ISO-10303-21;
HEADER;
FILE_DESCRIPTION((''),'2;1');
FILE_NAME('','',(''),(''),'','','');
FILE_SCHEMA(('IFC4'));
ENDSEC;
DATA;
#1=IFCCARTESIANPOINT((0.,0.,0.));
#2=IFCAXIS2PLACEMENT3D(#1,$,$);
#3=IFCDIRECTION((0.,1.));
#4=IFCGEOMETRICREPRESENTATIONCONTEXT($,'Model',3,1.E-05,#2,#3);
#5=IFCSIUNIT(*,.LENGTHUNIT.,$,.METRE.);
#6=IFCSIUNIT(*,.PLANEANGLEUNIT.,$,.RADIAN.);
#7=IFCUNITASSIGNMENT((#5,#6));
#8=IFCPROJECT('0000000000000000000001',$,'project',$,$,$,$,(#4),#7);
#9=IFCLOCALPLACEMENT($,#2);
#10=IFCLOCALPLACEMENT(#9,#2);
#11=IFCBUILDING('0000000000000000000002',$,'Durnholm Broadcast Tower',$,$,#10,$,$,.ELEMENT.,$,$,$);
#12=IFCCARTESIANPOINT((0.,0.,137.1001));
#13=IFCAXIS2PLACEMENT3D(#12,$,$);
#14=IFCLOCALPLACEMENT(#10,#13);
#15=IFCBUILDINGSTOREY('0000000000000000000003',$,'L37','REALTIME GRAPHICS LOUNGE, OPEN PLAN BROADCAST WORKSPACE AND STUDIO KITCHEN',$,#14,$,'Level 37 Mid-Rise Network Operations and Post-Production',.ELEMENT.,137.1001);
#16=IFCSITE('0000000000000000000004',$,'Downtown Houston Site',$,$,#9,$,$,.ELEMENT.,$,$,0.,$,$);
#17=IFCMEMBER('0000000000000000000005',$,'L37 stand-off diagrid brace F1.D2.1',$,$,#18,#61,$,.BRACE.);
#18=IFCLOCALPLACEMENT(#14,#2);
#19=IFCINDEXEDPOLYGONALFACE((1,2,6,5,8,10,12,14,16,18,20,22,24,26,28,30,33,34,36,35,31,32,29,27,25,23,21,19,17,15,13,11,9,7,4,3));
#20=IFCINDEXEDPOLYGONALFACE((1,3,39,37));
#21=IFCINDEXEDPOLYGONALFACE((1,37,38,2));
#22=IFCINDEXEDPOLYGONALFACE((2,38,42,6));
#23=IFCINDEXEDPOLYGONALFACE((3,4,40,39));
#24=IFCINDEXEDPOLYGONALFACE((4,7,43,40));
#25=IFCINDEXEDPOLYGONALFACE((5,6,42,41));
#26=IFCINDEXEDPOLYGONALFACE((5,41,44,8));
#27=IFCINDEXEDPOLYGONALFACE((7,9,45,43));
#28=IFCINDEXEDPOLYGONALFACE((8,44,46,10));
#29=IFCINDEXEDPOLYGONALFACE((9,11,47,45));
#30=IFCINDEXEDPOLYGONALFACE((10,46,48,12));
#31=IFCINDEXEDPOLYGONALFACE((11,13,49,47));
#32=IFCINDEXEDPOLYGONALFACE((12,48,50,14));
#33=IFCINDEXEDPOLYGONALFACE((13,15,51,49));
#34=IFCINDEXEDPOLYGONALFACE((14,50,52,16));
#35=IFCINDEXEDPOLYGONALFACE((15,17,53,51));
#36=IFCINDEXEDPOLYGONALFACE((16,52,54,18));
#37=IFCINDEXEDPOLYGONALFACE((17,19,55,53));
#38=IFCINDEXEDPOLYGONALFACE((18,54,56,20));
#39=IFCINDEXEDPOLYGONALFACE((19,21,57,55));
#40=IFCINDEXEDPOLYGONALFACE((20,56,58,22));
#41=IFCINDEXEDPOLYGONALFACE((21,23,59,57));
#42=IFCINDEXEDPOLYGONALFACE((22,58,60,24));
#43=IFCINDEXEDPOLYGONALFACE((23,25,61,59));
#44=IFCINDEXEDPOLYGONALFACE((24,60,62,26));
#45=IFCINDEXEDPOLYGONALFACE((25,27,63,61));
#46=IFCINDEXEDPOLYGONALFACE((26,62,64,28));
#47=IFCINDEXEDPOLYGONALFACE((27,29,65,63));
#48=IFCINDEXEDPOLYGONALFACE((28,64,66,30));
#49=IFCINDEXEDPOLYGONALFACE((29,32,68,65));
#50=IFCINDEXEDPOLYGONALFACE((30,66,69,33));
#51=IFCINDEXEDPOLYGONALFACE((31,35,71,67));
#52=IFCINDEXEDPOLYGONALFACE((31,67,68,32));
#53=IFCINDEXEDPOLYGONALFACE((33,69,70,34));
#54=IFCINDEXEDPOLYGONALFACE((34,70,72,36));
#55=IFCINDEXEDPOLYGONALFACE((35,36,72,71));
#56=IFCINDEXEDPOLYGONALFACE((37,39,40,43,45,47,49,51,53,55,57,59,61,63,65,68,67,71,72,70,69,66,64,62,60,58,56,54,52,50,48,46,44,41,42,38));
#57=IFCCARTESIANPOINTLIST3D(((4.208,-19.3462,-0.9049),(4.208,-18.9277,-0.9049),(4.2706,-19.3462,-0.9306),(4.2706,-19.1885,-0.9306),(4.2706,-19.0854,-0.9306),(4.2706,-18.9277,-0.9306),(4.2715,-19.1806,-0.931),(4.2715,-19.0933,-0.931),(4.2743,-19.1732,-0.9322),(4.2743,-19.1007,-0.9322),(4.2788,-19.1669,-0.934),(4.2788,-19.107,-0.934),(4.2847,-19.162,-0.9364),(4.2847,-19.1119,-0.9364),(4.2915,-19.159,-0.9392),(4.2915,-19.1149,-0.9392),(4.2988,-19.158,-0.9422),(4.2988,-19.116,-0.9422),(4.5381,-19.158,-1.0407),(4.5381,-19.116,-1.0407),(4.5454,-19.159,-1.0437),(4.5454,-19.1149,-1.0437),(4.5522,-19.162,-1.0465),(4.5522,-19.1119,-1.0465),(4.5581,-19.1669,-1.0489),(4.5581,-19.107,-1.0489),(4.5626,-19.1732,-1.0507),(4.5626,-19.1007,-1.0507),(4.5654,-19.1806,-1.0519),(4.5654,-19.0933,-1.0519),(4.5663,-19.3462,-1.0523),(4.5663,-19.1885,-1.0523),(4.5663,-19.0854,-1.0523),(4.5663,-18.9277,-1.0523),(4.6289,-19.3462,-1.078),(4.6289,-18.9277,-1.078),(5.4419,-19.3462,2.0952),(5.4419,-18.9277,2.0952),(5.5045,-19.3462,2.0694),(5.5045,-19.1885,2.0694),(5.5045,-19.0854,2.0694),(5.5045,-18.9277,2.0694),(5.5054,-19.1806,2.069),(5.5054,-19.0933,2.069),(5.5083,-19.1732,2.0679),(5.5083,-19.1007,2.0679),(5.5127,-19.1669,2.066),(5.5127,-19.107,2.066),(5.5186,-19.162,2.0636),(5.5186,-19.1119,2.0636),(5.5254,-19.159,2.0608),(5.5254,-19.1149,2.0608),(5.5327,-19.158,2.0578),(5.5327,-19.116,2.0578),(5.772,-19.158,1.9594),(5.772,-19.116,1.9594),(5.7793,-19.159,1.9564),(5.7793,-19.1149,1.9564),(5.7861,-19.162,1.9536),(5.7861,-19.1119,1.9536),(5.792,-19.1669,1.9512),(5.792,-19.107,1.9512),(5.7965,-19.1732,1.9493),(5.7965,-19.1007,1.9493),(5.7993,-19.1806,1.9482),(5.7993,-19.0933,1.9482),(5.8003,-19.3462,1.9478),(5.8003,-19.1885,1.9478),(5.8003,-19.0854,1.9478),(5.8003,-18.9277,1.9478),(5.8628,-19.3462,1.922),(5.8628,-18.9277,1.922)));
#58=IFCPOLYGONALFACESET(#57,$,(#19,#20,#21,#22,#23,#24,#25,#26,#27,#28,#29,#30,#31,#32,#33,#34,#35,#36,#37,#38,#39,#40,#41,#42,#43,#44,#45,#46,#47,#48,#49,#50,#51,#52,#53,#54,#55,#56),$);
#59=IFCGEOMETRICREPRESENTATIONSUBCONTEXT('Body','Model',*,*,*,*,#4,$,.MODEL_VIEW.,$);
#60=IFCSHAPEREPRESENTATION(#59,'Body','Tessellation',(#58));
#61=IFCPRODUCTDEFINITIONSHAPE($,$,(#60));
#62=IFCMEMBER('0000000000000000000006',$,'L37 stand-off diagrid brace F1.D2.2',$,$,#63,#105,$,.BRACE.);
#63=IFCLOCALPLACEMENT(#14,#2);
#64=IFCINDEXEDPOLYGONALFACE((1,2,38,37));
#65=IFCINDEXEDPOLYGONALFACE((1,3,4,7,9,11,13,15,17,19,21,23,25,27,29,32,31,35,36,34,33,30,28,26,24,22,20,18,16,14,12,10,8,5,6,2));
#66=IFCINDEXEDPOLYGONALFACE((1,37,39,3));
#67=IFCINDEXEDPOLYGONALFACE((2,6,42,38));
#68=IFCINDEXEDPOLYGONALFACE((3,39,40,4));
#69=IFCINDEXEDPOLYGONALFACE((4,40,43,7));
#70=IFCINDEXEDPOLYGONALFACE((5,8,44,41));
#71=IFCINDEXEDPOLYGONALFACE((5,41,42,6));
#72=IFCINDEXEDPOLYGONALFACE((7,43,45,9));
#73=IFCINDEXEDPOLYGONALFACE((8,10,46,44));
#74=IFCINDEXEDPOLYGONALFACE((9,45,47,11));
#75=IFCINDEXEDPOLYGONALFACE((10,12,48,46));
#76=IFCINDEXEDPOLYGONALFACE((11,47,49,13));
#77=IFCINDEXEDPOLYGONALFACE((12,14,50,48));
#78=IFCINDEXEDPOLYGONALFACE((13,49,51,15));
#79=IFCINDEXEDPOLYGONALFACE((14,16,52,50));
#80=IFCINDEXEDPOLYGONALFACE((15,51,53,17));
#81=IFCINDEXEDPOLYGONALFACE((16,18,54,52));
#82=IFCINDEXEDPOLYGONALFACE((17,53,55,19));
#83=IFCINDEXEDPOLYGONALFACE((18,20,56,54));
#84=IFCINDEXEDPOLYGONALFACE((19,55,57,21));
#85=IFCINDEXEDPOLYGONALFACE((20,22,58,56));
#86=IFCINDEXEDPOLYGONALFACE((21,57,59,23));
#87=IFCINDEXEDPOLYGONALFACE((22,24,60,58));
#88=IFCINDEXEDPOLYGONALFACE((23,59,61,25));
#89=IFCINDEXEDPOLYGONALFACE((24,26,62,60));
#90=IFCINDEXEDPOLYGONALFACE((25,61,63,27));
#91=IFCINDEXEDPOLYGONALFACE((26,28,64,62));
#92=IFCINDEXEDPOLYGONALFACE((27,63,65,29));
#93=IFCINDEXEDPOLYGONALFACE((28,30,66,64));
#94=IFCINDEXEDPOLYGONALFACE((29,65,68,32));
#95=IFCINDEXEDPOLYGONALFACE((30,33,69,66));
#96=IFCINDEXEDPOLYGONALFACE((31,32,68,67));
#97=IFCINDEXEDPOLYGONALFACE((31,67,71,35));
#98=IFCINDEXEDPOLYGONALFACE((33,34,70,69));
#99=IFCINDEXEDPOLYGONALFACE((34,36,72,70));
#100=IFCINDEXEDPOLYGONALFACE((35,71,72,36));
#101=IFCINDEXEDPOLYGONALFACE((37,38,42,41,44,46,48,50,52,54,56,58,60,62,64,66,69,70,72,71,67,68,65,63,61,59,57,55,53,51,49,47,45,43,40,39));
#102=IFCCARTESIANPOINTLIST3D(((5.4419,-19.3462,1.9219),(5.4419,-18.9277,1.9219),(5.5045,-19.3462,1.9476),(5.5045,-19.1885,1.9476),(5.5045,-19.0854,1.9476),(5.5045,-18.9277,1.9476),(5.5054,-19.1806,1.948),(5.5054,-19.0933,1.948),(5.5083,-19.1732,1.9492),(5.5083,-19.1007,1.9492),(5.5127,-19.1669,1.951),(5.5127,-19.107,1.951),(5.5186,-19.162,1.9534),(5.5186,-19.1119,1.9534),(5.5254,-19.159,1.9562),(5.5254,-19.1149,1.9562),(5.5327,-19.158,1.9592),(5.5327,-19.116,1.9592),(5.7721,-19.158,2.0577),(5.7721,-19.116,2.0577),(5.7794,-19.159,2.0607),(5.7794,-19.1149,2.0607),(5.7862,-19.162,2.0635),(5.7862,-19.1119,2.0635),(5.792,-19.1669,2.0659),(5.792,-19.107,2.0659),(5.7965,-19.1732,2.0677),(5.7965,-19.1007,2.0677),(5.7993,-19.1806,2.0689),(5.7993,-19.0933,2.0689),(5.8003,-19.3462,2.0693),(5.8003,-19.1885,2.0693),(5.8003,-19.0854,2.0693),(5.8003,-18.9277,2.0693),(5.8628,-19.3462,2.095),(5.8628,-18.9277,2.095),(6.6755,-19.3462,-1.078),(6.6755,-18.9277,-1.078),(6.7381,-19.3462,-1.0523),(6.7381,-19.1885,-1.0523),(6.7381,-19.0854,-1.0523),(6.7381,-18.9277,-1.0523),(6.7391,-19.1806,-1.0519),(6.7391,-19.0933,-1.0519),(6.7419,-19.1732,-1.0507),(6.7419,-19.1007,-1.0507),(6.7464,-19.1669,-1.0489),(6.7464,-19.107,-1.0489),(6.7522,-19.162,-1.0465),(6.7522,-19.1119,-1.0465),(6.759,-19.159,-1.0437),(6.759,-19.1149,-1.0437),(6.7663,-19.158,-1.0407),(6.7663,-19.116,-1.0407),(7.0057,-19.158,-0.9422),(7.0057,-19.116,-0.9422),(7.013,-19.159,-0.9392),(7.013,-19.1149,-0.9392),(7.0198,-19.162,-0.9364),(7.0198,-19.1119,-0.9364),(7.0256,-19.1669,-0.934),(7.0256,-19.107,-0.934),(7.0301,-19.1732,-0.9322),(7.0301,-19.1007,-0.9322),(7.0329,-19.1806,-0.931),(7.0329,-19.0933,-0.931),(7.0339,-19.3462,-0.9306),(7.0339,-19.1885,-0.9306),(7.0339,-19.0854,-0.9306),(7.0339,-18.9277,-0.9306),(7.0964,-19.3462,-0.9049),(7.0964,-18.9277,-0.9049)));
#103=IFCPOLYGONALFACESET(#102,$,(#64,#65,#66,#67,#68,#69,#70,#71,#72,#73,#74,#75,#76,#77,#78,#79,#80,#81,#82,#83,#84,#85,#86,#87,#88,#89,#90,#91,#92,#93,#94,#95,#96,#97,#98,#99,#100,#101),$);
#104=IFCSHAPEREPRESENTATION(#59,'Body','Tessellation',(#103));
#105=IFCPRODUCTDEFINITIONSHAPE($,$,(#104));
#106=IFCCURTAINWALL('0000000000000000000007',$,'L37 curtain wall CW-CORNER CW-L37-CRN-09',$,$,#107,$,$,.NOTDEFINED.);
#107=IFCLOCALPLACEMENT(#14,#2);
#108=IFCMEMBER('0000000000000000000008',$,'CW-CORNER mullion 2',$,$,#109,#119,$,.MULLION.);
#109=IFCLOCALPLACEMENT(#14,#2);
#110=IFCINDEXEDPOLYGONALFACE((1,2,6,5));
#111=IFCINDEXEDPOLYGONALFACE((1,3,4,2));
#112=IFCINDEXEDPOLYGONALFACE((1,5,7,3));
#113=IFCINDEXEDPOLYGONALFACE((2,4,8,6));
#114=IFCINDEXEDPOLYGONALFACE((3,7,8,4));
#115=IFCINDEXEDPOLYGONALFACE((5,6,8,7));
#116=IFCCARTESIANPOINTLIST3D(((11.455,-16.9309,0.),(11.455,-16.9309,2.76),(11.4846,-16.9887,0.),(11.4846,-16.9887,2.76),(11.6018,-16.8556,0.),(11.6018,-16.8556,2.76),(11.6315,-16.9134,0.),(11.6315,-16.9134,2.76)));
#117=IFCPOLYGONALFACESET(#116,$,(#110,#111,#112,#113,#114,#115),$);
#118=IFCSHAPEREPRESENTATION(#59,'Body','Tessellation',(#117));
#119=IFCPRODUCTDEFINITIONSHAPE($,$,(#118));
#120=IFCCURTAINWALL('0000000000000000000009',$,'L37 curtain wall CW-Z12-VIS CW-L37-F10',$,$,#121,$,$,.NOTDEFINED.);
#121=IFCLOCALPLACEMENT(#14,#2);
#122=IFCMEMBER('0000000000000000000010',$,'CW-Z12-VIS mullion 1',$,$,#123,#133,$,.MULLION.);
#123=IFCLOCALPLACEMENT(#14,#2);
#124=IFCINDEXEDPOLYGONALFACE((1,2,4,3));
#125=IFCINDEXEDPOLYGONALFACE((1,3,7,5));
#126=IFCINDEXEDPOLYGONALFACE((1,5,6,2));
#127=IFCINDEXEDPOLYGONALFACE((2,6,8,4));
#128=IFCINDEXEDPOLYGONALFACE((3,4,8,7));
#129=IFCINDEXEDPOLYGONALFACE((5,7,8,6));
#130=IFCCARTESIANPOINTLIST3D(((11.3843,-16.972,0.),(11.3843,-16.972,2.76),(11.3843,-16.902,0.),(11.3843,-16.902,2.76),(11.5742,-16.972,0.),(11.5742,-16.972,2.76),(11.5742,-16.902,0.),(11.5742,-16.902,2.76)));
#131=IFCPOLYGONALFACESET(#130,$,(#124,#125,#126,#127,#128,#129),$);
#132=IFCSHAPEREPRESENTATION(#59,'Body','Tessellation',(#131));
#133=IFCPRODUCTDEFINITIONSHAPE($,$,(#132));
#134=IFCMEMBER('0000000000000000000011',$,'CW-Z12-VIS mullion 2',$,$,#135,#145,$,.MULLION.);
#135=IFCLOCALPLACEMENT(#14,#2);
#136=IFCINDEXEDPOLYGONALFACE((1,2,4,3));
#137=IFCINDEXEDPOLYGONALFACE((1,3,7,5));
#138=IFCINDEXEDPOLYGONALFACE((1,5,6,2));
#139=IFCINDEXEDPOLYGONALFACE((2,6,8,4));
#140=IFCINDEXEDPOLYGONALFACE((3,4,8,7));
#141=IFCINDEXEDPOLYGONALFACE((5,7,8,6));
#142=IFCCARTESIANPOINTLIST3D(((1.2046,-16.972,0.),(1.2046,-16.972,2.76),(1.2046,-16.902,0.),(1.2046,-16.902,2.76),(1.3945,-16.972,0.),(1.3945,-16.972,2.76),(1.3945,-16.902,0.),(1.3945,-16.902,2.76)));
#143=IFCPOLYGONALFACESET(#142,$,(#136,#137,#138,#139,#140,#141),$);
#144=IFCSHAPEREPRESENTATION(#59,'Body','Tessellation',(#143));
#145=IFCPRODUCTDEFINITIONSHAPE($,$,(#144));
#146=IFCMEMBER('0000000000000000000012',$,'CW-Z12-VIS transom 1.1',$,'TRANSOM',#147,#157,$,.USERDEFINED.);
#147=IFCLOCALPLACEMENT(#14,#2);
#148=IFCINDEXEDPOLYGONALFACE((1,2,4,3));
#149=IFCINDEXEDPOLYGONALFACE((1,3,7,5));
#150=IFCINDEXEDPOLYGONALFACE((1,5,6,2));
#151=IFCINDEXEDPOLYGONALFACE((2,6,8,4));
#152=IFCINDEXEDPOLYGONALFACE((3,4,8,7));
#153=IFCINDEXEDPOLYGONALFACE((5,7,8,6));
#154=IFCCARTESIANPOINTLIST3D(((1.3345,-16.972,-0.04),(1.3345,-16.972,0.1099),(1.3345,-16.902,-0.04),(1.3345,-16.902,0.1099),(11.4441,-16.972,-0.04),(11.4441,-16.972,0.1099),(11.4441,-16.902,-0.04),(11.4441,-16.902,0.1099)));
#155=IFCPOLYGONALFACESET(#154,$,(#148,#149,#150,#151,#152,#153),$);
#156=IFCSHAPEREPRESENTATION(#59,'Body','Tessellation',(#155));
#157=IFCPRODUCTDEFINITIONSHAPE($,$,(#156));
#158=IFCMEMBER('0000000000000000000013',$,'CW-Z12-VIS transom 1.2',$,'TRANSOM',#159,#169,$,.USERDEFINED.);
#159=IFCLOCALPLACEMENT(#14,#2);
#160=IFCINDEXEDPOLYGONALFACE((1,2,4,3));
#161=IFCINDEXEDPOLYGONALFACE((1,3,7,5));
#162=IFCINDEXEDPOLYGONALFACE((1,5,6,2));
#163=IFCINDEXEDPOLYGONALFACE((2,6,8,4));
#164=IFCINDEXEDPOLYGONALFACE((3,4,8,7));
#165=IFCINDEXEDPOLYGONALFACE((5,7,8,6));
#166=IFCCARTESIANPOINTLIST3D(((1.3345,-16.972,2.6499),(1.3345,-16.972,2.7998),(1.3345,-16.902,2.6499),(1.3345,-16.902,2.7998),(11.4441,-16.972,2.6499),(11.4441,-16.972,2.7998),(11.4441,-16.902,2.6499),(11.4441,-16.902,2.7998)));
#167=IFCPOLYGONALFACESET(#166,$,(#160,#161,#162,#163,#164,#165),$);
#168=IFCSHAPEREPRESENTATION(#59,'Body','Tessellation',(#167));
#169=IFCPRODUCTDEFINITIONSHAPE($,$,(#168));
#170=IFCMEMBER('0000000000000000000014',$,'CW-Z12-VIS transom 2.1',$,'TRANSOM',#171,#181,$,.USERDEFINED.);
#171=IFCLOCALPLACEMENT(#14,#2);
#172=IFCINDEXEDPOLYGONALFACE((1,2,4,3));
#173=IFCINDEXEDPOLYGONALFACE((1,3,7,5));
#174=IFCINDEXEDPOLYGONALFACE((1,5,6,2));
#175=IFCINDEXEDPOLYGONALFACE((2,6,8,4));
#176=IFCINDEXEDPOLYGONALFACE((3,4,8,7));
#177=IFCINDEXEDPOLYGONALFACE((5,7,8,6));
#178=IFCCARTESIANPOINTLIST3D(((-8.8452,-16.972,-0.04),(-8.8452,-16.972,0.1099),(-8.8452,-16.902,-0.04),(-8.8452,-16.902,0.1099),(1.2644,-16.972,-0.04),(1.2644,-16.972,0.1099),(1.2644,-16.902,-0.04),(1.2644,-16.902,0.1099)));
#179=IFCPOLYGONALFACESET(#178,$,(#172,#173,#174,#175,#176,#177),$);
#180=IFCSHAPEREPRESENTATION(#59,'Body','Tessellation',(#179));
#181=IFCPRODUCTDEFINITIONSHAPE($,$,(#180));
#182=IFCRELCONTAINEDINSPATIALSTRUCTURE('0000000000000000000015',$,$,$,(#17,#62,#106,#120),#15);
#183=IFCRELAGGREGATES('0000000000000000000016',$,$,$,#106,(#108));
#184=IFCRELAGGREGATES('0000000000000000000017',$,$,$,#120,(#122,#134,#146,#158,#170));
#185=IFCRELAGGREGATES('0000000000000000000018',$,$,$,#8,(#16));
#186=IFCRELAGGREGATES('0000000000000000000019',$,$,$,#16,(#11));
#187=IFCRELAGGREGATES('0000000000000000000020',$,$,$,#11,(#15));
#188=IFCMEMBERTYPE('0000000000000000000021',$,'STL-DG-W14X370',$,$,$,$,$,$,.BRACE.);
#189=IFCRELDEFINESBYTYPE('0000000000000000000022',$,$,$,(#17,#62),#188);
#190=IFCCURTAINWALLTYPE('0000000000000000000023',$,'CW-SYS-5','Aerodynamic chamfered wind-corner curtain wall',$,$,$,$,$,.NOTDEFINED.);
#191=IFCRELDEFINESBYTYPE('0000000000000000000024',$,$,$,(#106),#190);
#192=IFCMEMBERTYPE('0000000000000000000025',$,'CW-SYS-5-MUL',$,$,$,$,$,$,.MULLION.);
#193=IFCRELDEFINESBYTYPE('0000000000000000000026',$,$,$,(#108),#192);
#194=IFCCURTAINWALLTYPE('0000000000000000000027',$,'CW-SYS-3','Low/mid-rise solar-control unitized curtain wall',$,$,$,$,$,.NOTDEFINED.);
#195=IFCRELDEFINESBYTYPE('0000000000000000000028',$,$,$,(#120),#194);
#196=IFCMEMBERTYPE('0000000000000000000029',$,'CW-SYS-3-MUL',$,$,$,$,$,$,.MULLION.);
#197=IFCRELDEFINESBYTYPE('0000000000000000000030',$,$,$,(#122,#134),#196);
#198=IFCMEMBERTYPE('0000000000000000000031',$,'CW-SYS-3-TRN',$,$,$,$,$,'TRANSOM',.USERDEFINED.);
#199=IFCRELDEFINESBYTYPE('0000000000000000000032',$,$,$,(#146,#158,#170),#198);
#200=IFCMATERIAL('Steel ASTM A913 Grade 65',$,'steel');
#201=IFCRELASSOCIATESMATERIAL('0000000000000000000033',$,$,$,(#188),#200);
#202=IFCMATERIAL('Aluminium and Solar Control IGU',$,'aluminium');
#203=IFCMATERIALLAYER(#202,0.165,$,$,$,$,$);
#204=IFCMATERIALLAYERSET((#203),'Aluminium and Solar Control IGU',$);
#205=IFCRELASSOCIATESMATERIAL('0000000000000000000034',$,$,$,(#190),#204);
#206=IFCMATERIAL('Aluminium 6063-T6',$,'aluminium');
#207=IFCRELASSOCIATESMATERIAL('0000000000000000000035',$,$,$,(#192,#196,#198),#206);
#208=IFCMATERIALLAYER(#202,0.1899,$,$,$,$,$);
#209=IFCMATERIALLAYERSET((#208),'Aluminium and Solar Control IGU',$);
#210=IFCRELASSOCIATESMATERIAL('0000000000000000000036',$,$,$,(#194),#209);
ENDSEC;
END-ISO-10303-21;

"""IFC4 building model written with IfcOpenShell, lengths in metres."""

from ifc_helpers import new_model, si_unit, direction, frame, origin, origin_2d, place, context, subcontext, project, spatial, rectangle, i_section, extrude, source, transform, mapped, material, layer, layer_set, material_profile, profile_set, type_object, type_shapes, element, aggregate, save


model = new_model("IFC4")

# Units and contexts
model_context = context("Model", 3, precision=1e-05, world=origin(), true_north=direction((0.0, 1.0)))
body_context = subcontext(model_context, "Body", "Model", "MODEL_VIEW")
ifc_project = project(units=[si_unit("LENGTHUNIT", "METRE"), si_unit("PLANEANGLEUNIT", "RADIAN")], contexts=[model_context])

# Site, building, storey
site_placement = place(None, origin())
site = spatial("IfcSite", under=ifc_project, at=site_placement, Name="Downtown Houston Site", CompositionType="ELEMENT", RefElevation=0.0)
building_placement = place(site_placement, origin())
building = spatial("IfcBuilding", under=site, at=building_placement, Name="Durnholm Broadcast Tower", CompositionType="ELEMENT")
storey_placement = place(building_placement, frame((0.0, 0.0, 137.1001)))
storey = spatial("IfcBuildingStorey", under=building, at=storey_placement, Name="L37", Description="REALTIME GRAPHICS LOUNGE, OPEN PLAN BROADCAST WORKSPACE AND STUDIO KITCHEN", LongName="Level 37 Mid-Rise Network Operations and Post-Production", CompositionType="ELEMENT", Elevation=137.1001)

# Members
ifc_material_1 = material(Name="Steel ASTM A913 Grade 65", Category="steel")
ifc_material_profile_1 = material_profile(ifc_material_1, i_section(OverallWidth=0.4185, OverallDepth=0.4551, WebThickness=0.042, FlangeThickness=0.0676, FilletRadius=0.0305, at=origin_2d()), Name="W14X370")
ifc_profile_set_1 = profile_set([ifc_material_profile_1], Name="Steel ASTM A913 Grade 65")
member_type_1 = type_object("IfcMemberType", Name="STL-DG-W14X370", PredefinedType="BRACE", material=ifc_profile_set_1)
shared_shape_1 = source(origin(), body_context, "Body", "SweptSolid", [
    extrude(i_section(OverallWidth=0.4185, OverallDepth=0.4551, WebThickness=0.042, FlangeThickness=0.0676, FilletRadius=0.0305, at=origin_2d()), origin(), (0.0, 0.0, 1.0), 3.2439),
])
member_1_placement = place(storey_placement, frame((4.4185, -19.137, -0.9915), z_axis=(0.380379, 0.0, 0.924831), x_axis=(0.0, 1.0, 0.0)))
element("IfcMember", 1, at=member_1_placement, inside=storey, type_object=member_type_1, Name="L37 stand-off diagrid brace F1.D2.1", PredefinedType="BRACE", context=body_context, shape_type="MappedRepresentation", body=[
    mapped(shared_shape_1, transform((0.0, 0.0, 0.0), x_axis=(1.0, 0.0, 0.0), y_axis=(0.0, 1.0, 0.0), z_axis=(0.0, 0.0, 1.0), scale=1.0)),
])
shared_shape_2 = source(origin(), body_context, "Body", "SweptSolid", [
    extrude(i_section(OverallWidth=0.4185, OverallDepth=0.4551, WebThickness=0.042, FlangeThickness=0.0676, FilletRadius=0.0305, at=origin_2d()), origin(), (0.0, 0.0, 1.0), 3.2437),
])
type_shapes(member_type_1, [shared_shape_1, shared_shape_2])
member_2_placement = place(storey_placement, frame((6.886, -19.137, -0.9915), z_axis=(-0.380314, 0.0, 0.924857), x_axis=(0.0, -1.0, 0.0)))
element("IfcMember", 2, at=member_2_placement, inside=storey, type_object=member_type_1, Name="L37 stand-off diagrid brace F1.D2.2", PredefinedType="BRACE", context=body_context, shape_type="MappedRepresentation", body=[
    mapped(shared_shape_2, transform((0.0, 0.0, 0.0), x_axis=(1.0, 0.0, 0.0), y_axis=(0.0, 1.0, 0.0), z_axis=(0.0, 0.0, 1.0), scale=1.0)),
])

# Curtain wall, member
ifc_material_2 = material(Name="Aluminium and Solar Control IGU", Category="aluminium")
ifc_layer_1 = layer(ifc_material_2, 0.165)
ifc_layer_set_1 = layer_set([ifc_layer_1], Name="Aluminium and Solar Control IGU")
curtain_wall_type_1 = type_object("IfcCurtainWallType", Name="CW-SYS-5", Description="Aerodynamic chamfered wind-corner curtain wall", PredefinedType="NOTDEFINED", material=ifc_layer_set_1)
curtain_wall_1_placement = place(storey_placement, origin())
curtain_wall_1 = element("IfcCurtainWall", 3, at=curtain_wall_1_placement, inside=storey, type_object=curtain_wall_type_1, Name="L37 curtain wall CW-CORNER CW-L37-CRN-09", PredefinedType="NOTDEFINED")
ifc_material_3 = material(Name="Aluminium 6063-T6", Category="aluminium")
ifc_material_profile_2 = material_profile(ifc_material_3, rectangle(XDim=0.0649, YDim=0.165, at=origin_2d()), Name="CWM65X165")
ifc_profile_set_2 = profile_set([ifc_material_profile_2], Name="Aluminium 6063-T6")
member_type_2 = type_object("IfcMemberType", Name="CW-SYS-5-MUL", PredefinedType="MULLION", material=ifc_profile_set_2)
shared_shape_3 = source(origin(), body_context, "Body", "SweptSolid", [
    extrude(rectangle(XDim=0.0649, YDim=0.165, at=origin_2d()), origin(), (0.0, 0.0, 1.0), 2.76),
])
type_shapes(member_type_2, [shared_shape_3])
member_3_placement = place(storey_placement, frame((11.5432, -16.9221, 0.0), z_axis=(0.0, 0.0, 1.0), x_axis=(0.456373, -0.889788, 0.0)))
member_3 = element("IfcMember", 4, at=member_3_placement, type_object=member_type_2, Name="CW-CORNER mullion 2", PredefinedType="MULLION", context=body_context, shape_type="MappedRepresentation", body=[
    mapped(shared_shape_3, transform((0.0, 0.0, 0.0), x_axis=(1.0, 0.0, 0.0), y_axis=(0.0, 1.0, 0.0), z_axis=(0.0, 0.0, 1.0), scale=1.0)),
])

# Curtain wall, members
ifc_layer_2 = layer(ifc_material_2, 0.1899)
ifc_layer_set_2 = layer_set([ifc_layer_2], Name="Aluminium and Solar Control IGU")
curtain_wall_type_2 = type_object("IfcCurtainWallType", Name="CW-SYS-3", Description="Low/mid-rise solar-control unitized curtain wall", PredefinedType="NOTDEFINED", material=ifc_layer_set_2)
curtain_wall_2_placement = place(storey_placement, origin())
curtain_wall_2 = element("IfcCurtainWall", 5, at=curtain_wall_2_placement, inside=storey, type_object=curtain_wall_type_2, Name="L37 curtain wall CW-Z12-VIS CW-L37-F10", PredefinedType="NOTDEFINED")
ifc_material_profile_3 = material_profile(ifc_material_3, rectangle(XDim=0.0701, YDim=0.1899, at=origin_2d()), Name="CWM70X190")
ifc_profile_set_3 = profile_set([ifc_material_profile_3], Name="Aluminium 6063-T6")
member_type_3 = type_object("IfcMemberType", Name="CW-SYS-3-MUL", PredefinedType="MULLION", material=ifc_profile_set_3)
shared_shape_4 = source(origin(), body_context, "Body", "SweptSolid", [
    extrude(rectangle(XDim=0.0701, YDim=0.1899, at=origin_2d()), origin(), (0.0, 0.0, 1.0), 2.76),
])
type_shapes(member_type_3, [shared_shape_4])
member_4_placement = place(storey_placement, frame((11.4792, -16.937, 0.0), z_axis=(0.0, 0.0, 1.0), x_axis=(0.0, -1.0, 0.0)))
member_4 = element("IfcMember", 6, at=member_4_placement, type_object=member_type_3, Name="CW-Z12-VIS mullion 1", PredefinedType="MULLION", context=body_context, shape_type="MappedRepresentation", body=[
    mapped(shared_shape_4, transform((0.0, 0.0, 0.0), x_axis=(1.0, 0.0, 0.0), y_axis=(0.0, 1.0, 0.0), z_axis=(0.0, 0.0, 1.0), scale=1.0)),
])
member_5_placement = place(storey_placement, frame((1.2996, -16.937, 0.0), z_axis=(0.0, 0.0, 1.0), x_axis=(0.0, -1.0, 0.0)))
member_5 = element("IfcMember", 7, at=member_5_placement, type_object=member_type_3, Name="CW-Z12-VIS mullion 2", PredefinedType="MULLION", context=body_context, shape_type="MappedRepresentation", body=[
    mapped(shared_shape_4, transform((0.0, 0.0, 0.0), x_axis=(1.0, 0.0, 0.0), y_axis=(0.0, 1.0, 0.0), z_axis=(0.0, 0.0, 1.0), scale=1.0)),
])
ifc_material_profile_4 = material_profile(ifc_material_3, rectangle(XDim=0.0701, YDim=0.1499, at=origin_2d()), Name="CWT70X150")
ifc_profile_set_4 = profile_set([ifc_material_profile_4], Name="Aluminium 6063-T6")
member_type_4 = type_object("IfcMemberType", Name="CW-SYS-3-TRN", ElementType="TRANSOM", PredefinedType="USERDEFINED", material=ifc_profile_set_4)
shared_shape_5 = source(origin(), body_context, "Body", "SweptSolid", [
    extrude(rectangle(XDim=0.0701, YDim=0.1499, at=origin_2d()), origin(), (0.0, 0.0, 1.0), 10.1096),
])
type_shapes(member_type_4, [shared_shape_5])
member_6_placement = place(storey_placement, frame((11.4441, -16.937, 0.0349), z_axis=(-1.0, 0.0, 0.0), x_axis=(0.0, -1.0, 0.0)))
member_6 = element("IfcMember", 8, at=member_6_placement, type_object=member_type_4, Name="CW-Z12-VIS transom 1.1", ObjectType="TRANSOM", PredefinedType="USERDEFINED", context=body_context, shape_type="MappedRepresentation", body=[
    mapped(shared_shape_5, transform((0.0, 0.0, 0.0), x_axis=(1.0, 0.0, 0.0), y_axis=(0.0, 1.0, 0.0), z_axis=(0.0, 0.0, 1.0), scale=1.0)),
])
member_7_placement = place(storey_placement, frame((11.4441, -16.937, 2.7249), z_axis=(-1.0, 0.0, 0.0), x_axis=(0.0, -1.0, 0.0)))
member_7 = element("IfcMember", 9, at=member_7_placement, type_object=member_type_4, Name="CW-Z12-VIS transom 1.2", ObjectType="TRANSOM", PredefinedType="USERDEFINED", context=body_context, shape_type="MappedRepresentation", body=[
    mapped(shared_shape_5, transform((0.0, 0.0, 0.0), x_axis=(1.0, 0.0, 0.0), y_axis=(0.0, 1.0, 0.0), z_axis=(0.0, 0.0, 1.0), scale=1.0)),
])
member_8_placement = place(storey_placement, frame((1.2644, -16.937, 0.0349), z_axis=(-1.0, 0.0, 0.0), x_axis=(0.0, -1.0, 0.0)))
member_8 = element("IfcMember", 10, at=member_8_placement, type_object=member_type_4, Name="CW-Z12-VIS transom 2.1", ObjectType="TRANSOM", PredefinedType="USERDEFINED", context=body_context, shape_type="MappedRepresentation", body=[
    mapped(shared_shape_5, transform((0.0, 0.0, 0.0), x_axis=(1.0, 0.0, 0.0), y_axis=(0.0, 1.0, 0.0), z_axis=(0.0, 0.0, 1.0), scale=1.0)),
])

aggregate(curtain_wall_1, [member_3])
aggregate(curtain_wall_2, [member_4, member_5, member_6, member_7, member_8])

save(model, "model.ifc")
